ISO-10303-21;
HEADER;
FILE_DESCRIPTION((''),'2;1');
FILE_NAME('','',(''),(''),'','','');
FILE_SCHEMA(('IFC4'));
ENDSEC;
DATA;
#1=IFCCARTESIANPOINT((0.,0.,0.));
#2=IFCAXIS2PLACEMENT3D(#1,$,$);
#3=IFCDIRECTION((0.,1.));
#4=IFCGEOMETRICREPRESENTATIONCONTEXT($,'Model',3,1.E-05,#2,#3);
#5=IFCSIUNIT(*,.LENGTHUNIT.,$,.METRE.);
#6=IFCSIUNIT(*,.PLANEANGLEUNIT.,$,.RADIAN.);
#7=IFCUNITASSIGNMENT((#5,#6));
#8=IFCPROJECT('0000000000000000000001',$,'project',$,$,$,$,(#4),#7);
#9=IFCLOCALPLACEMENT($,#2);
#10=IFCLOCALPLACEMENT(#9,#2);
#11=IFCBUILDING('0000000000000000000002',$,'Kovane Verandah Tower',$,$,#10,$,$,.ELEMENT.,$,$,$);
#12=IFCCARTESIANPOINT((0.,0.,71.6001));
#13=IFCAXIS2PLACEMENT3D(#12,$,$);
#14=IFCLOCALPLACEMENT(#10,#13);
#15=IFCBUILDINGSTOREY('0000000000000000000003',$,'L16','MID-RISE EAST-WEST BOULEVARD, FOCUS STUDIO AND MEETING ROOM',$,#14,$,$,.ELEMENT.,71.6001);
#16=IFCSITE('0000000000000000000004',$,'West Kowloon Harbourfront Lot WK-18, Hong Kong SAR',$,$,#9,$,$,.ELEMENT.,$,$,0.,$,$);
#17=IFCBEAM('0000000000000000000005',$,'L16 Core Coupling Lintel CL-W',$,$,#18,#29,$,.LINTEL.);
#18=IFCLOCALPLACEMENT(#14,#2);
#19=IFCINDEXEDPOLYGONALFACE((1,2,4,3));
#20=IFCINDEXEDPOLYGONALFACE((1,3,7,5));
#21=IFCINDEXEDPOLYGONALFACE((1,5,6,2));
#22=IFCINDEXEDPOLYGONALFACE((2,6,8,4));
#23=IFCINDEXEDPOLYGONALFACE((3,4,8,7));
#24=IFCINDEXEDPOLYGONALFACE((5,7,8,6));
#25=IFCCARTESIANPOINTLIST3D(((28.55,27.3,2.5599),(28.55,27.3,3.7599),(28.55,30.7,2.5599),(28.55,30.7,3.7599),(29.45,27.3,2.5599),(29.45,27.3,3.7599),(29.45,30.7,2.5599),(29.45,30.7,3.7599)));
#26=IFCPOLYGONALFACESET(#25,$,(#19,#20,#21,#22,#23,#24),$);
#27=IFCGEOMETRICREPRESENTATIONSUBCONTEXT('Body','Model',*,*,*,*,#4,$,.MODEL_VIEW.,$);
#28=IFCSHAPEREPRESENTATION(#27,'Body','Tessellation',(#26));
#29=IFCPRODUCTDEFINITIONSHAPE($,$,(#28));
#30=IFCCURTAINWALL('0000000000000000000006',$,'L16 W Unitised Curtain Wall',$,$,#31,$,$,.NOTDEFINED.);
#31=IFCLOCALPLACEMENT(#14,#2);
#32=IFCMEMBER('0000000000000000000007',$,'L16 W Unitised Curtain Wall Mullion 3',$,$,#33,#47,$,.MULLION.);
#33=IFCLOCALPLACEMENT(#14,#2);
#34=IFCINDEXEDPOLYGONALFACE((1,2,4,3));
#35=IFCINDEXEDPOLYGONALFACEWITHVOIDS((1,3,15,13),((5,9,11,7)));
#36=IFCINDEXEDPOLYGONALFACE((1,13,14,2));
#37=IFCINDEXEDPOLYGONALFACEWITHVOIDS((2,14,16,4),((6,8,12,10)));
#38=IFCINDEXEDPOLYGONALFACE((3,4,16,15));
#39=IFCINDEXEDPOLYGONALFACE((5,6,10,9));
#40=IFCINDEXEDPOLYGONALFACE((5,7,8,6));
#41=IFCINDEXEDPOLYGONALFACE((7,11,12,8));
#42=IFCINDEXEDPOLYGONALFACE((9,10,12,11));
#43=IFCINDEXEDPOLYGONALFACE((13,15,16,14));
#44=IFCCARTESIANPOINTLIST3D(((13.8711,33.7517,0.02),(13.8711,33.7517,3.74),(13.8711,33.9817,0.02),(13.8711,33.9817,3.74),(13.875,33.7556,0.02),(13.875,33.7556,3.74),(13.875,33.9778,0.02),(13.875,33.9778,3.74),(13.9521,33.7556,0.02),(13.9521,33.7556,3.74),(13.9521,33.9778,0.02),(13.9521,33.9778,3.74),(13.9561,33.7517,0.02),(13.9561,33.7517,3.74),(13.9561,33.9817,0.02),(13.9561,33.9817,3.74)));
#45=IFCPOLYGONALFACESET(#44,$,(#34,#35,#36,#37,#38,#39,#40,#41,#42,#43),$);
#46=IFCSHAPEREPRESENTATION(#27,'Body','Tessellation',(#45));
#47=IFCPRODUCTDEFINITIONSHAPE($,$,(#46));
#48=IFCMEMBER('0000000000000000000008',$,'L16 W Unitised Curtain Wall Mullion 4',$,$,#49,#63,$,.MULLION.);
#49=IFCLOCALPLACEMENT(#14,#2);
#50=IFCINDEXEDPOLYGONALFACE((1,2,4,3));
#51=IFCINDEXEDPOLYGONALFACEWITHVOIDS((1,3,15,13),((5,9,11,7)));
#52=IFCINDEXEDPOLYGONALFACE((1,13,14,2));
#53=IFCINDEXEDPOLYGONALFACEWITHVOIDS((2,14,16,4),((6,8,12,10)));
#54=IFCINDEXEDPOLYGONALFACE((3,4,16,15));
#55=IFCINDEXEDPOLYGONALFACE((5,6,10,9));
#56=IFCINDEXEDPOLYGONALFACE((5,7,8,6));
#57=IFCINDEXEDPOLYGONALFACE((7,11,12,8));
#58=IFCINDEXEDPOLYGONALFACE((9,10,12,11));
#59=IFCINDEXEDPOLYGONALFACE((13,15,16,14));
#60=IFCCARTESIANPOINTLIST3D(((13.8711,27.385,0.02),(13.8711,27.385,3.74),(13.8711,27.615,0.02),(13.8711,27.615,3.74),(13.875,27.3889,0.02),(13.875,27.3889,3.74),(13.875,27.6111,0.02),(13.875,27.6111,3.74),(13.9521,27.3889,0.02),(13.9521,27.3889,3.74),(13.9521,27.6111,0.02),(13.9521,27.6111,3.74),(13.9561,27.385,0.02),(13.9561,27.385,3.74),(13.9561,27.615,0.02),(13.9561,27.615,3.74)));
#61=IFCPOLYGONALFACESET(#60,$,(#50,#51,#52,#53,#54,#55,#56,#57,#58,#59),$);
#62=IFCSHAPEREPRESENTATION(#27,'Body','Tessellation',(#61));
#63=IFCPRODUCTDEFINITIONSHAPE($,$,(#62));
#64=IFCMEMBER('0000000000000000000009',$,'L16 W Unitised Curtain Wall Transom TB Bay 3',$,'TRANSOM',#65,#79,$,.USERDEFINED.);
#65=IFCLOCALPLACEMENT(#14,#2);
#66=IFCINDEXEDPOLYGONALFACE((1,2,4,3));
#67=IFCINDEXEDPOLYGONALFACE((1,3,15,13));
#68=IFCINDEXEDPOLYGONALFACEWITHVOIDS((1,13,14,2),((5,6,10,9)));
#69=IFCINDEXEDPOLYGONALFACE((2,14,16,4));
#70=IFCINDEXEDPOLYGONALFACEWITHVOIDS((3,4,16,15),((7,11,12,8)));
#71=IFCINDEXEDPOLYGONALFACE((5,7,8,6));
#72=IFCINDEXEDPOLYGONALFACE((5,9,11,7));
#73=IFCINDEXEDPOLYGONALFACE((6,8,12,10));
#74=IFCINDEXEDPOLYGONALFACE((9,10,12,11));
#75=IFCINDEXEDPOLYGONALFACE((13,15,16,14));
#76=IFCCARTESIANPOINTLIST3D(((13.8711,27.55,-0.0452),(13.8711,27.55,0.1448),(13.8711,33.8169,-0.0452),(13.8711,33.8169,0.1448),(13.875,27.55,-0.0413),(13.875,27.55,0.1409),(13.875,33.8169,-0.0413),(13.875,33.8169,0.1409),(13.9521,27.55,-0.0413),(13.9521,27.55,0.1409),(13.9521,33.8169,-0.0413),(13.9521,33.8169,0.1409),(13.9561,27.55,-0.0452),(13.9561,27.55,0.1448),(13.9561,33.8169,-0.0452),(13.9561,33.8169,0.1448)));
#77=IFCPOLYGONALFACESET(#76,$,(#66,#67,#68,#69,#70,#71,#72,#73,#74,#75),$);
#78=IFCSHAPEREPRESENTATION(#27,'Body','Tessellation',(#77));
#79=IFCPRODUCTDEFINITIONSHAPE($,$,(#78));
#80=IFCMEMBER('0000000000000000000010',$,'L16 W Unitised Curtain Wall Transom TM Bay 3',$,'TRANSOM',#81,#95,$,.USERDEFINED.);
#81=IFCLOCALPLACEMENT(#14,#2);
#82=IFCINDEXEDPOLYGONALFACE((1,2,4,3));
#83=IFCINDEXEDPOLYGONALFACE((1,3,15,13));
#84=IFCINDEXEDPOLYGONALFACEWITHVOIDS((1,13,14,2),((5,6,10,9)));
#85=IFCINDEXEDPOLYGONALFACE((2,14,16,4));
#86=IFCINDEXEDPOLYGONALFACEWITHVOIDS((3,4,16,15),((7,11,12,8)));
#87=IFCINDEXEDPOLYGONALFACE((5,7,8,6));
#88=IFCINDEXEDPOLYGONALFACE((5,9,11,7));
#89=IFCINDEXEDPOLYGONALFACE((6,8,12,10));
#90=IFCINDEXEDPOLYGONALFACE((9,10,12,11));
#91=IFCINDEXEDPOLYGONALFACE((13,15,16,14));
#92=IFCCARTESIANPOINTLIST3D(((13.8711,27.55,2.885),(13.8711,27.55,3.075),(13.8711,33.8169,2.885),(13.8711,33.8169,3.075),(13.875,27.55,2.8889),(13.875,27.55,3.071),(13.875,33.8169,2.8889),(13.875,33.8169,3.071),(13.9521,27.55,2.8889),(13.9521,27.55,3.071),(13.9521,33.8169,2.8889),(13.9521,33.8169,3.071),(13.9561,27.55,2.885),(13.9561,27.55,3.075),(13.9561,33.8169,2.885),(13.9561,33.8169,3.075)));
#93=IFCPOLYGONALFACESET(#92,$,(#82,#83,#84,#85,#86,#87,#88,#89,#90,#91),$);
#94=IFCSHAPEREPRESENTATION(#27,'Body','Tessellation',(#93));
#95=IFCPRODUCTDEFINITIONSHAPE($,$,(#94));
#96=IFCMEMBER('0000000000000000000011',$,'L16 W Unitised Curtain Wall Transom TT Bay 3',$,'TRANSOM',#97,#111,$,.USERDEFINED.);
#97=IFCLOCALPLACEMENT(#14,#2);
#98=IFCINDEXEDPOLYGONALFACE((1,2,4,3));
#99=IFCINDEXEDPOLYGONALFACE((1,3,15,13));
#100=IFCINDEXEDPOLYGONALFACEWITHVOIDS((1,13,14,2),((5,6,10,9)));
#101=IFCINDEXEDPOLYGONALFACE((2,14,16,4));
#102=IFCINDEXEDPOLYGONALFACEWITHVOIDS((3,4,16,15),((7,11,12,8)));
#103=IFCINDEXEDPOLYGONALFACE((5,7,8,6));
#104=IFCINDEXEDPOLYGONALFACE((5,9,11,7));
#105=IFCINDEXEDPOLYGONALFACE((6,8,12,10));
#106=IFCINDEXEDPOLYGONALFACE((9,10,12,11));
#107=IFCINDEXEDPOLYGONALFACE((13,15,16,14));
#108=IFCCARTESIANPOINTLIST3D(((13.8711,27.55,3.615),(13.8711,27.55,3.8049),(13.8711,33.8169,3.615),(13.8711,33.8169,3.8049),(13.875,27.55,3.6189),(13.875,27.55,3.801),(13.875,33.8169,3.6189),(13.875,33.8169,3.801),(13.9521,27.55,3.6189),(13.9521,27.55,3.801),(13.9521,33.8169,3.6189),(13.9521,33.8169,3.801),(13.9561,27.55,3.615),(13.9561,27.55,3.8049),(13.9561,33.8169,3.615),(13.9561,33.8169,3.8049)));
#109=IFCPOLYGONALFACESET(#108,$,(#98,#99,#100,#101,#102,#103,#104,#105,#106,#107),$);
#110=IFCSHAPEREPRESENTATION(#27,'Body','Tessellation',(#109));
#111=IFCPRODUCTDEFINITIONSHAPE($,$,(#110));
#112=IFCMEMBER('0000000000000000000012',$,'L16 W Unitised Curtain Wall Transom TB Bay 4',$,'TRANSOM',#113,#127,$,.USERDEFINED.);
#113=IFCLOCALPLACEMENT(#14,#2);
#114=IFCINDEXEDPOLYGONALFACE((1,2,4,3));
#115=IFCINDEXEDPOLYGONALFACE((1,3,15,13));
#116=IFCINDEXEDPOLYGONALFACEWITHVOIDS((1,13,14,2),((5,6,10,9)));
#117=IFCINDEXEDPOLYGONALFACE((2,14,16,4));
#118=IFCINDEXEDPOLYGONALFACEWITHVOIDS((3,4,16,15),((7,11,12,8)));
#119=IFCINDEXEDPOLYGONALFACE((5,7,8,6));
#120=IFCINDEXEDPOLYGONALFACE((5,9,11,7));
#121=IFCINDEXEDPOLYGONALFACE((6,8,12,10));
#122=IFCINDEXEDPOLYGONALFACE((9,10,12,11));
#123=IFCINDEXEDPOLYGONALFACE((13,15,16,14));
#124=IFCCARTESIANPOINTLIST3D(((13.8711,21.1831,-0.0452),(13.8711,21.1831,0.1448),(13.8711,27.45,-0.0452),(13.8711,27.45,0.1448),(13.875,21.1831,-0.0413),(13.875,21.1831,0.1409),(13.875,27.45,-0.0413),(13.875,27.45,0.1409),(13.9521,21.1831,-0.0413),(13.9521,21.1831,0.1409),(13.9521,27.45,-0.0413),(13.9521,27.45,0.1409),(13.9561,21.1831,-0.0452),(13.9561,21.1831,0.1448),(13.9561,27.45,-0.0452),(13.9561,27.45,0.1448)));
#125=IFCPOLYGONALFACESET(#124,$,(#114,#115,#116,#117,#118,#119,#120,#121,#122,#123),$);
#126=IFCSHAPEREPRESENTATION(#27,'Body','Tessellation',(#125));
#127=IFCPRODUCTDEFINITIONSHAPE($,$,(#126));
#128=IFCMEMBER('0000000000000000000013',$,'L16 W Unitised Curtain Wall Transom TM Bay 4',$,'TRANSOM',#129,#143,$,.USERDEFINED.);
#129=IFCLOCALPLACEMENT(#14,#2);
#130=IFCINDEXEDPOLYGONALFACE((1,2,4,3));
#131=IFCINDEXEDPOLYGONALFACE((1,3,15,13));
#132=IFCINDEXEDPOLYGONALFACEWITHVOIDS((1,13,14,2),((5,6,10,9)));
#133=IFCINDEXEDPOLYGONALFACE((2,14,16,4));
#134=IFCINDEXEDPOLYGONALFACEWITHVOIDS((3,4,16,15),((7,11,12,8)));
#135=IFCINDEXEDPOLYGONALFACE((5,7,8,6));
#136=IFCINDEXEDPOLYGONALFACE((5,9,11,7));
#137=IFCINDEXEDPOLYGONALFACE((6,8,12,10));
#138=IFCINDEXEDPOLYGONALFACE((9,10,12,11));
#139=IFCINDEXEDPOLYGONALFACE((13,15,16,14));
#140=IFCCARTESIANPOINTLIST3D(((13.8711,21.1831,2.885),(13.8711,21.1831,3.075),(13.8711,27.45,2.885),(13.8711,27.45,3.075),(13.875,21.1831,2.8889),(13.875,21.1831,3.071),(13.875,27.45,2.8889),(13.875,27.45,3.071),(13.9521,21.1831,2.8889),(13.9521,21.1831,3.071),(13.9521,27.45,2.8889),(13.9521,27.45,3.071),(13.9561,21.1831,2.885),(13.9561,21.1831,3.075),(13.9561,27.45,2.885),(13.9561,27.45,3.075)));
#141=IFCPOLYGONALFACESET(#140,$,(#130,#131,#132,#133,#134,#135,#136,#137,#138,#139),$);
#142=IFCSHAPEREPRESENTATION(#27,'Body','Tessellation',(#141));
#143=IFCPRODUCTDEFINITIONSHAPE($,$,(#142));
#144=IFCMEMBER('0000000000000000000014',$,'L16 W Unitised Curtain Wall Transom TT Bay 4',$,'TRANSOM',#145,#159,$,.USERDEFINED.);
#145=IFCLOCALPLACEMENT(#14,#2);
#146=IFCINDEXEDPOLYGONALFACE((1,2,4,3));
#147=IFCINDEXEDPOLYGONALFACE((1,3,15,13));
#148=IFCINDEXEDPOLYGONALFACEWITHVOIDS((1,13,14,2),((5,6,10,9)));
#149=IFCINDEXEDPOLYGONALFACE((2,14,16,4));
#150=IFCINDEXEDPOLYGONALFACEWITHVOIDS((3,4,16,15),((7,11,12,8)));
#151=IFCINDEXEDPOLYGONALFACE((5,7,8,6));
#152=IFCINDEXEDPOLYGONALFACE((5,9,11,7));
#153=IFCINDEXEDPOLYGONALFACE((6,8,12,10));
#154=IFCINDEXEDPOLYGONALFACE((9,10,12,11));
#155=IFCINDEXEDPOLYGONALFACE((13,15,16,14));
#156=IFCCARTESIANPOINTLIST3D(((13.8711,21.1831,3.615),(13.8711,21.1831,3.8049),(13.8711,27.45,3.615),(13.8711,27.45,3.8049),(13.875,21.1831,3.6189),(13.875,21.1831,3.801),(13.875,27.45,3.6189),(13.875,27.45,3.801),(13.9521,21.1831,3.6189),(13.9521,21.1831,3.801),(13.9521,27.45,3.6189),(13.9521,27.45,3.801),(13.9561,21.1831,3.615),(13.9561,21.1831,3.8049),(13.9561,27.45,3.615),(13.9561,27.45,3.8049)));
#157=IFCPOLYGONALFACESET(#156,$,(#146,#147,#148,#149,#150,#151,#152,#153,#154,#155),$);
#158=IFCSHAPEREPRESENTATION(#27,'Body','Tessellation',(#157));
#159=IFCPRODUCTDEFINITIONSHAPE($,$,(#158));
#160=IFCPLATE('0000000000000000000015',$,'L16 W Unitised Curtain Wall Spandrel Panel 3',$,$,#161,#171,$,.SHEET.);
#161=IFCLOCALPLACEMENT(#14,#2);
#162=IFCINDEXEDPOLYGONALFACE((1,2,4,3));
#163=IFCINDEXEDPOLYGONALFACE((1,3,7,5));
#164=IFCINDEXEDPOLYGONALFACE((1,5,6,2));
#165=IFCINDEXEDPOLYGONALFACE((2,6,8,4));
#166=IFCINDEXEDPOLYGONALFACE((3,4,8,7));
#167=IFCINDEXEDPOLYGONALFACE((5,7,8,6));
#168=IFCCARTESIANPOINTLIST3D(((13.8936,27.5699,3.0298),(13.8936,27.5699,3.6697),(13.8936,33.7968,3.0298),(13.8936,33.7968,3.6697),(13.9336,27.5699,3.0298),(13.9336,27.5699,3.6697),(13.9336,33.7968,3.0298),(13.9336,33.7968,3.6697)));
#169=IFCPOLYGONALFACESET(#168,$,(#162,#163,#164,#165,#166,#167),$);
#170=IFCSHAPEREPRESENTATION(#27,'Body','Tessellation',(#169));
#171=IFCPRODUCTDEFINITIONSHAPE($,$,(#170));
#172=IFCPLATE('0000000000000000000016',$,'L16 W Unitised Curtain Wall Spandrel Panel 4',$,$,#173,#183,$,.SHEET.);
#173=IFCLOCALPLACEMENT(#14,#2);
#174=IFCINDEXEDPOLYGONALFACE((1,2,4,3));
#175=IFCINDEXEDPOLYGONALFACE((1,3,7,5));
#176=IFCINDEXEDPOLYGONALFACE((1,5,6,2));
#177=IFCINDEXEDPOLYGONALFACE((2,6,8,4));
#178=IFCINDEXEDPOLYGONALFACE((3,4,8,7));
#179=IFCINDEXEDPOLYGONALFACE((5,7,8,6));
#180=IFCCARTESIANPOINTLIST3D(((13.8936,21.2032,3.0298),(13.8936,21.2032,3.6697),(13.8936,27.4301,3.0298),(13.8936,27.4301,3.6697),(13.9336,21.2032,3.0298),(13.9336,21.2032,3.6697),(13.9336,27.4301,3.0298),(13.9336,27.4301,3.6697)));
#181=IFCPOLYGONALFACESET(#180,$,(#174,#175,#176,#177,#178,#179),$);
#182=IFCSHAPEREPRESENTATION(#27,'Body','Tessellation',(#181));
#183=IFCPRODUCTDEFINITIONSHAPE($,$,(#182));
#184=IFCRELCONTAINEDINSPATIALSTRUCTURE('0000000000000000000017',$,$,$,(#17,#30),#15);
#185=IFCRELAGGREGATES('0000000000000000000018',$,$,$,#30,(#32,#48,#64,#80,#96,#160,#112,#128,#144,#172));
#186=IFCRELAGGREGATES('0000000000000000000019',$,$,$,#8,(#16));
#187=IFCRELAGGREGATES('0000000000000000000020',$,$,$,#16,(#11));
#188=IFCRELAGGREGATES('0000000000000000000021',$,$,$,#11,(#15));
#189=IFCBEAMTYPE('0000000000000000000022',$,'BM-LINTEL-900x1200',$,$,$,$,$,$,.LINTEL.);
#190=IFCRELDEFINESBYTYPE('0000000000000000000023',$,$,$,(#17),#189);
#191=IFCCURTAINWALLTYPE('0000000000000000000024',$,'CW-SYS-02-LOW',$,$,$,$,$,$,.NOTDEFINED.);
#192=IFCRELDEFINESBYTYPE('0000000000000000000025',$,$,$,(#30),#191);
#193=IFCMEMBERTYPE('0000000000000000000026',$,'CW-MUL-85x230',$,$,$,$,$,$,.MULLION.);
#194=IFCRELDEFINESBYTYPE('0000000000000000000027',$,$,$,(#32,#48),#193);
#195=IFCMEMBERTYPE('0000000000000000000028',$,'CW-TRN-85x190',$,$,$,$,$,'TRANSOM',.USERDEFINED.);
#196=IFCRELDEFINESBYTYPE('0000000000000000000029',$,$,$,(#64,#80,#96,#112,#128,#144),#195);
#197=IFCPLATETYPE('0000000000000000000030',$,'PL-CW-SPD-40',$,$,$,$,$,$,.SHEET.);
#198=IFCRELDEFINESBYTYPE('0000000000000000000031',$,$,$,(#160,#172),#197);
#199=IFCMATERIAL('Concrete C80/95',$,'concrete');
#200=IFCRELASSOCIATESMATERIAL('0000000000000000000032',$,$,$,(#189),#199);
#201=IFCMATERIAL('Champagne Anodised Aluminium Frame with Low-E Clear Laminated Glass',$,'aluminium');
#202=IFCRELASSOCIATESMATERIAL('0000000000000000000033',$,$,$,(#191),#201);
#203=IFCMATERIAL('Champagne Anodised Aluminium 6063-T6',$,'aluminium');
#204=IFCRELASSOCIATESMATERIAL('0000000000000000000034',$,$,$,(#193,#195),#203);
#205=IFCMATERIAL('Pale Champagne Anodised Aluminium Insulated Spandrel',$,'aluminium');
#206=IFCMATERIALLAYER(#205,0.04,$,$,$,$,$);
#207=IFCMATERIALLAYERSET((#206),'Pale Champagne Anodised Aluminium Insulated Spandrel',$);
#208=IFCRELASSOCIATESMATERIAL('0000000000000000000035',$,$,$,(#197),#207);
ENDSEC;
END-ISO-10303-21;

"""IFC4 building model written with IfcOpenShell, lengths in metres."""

from ifc_helpers import new_model, si_unit, direction, frame, origin, origin_2d, place, context, subcontext, project, spatial, rectangle, hollow_rectangle, extrude, material, layer, layer_set, material_profile, profile_set, type_object, element, aggregate, save


model = new_model("IFC4")

# Units and contexts
model_context = context("Model", 3, precision=1e-05, world=origin(), true_north=direction((0.0, 1.0)))
body_context = subcontext(model_context, "Body", "Model", "MODEL_VIEW")
ifc_project = project(units=[si_unit("LENGTHUNIT", "METRE"), si_unit("PLANEANGLEUNIT", "RADIAN")], contexts=[model_context])

# Site, building, storey
site_placement = place(None, origin())
site = spatial("IfcSite", under=ifc_project, at=site_placement, Name="West Kowloon Harbourfront Lot WK-18, Hong Kong SAR", CompositionType="ELEMENT", RefElevation=0.0)
building_placement = place(site_placement, origin())
building = spatial("IfcBuilding", under=site, at=building_placement, Name="Kovane Verandah Tower", CompositionType="ELEMENT")
storey_placement = place(building_placement, frame((0.0, 0.0, 71.6001)))
storey = spatial("IfcBuildingStorey", under=building, at=storey_placement, Name="L16", Description="MID-RISE EAST-WEST BOULEVARD, FOCUS STUDIO AND MEETING ROOM", CompositionType="ELEMENT", Elevation=71.6001)

# Beam
ifc_material_1 = material(Name="Concrete C80/95", Category="concrete")
ifc_material_profile_1 = material_profile(ifc_material_1, rectangle(XDim=0.8999, YDim=1.2, at=origin_2d()), Name="RCB900x1200")
ifc_profile_set_1 = profile_set([ifc_material_profile_1], Name="Concrete C80/95")
beam_type = type_object("IfcBeamType", Name="BM-LINTEL-900x1200", PredefinedType="LINTEL", material=ifc_profile_set_1)
beam_placement = place(storey_placement, frame((29.0, 27.3, 3.1599), z_axis=(0.0, 1.0, 0.0), x_axis=(-1.0, 0.0, 0.0)))
element("IfcBeam", 1, at=beam_placement, inside=storey, type_object=beam_type, Name="L16 Core Coupling Lintel CL-W", PredefinedType="LINTEL", context=body_context, shape_type="SweptSolid", body=[
    extrude(rectangle(XDim=0.8999, YDim=1.2, at=origin_2d()), origin(), (0.0, 0.0, 1.0), 3.3999),
])

# Curtain wall, members, plates
ifc_material_2 = material(Name="Champagne Anodised Aluminium Frame with Low-E Clear Laminated Glass", Category="aluminium")
curtain_wall_type = type_object("IfcCurtainWallType", Name="CW-SYS-02-LOW", PredefinedType="NOTDEFINED", material=ifc_material_2)
curtain_wall_placement = place(storey_placement, origin())
curtain_wall = element("IfcCurtainWall", 2, at=curtain_wall_placement, inside=storey, type_object=curtain_wall_type, Name="L16 W Unitised Curtain Wall", PredefinedType="NOTDEFINED")
ifc_material_3 = material(Name="Champagne Anodised Aluminium 6063-T6", Category="aluminium")
ifc_material_profile_2 = material_profile(ifc_material_3, hollow_rectangle(XDim=0.085, YDim=0.23, WallThickness=0.0039, at=origin_2d()), Name="AL85x230x4")
ifc_profile_set_2 = profile_set([ifc_material_profile_2], Name="Champagne Anodised Aluminium 6063-T6")
member_type_1 = type_object("IfcMemberType", Name="CW-MUL-85x230", PredefinedType="MULLION", material=ifc_profile_set_2)
member_1_placement = place(storey_placement, frame((13.9136, 33.8667, 0.02), z_axis=(0.0, 0.0, 1.0), x_axis=(-1.0, 0.0, 0.0)))
member_1 = element("IfcMember", 3, at=member_1_placement, type_object=member_type_1, Name="L16 W Unitised Curtain Wall Mullion 3", PredefinedType="MULLION", context=body_context, shape_type="SweptSolid", body=[
    extrude(hollow_rectangle(XDim=0.085, YDim=0.23, WallThickness=0.0039, at=origin_2d()), origin(), (0.0, 0.0, 1.0), 3.72),
])
member_2_placement = place(storey_placement, frame((13.9136, 27.5, 0.02), z_axis=(0.0, 0.0, 1.0), x_axis=(-1.0, 0.0, 0.0)))
member_2 = element("IfcMember", 4, at=member_2_placement, type_object=member_type_1, Name="L16 W Unitised Curtain Wall Mullion 4", PredefinedType="MULLION", context=body_context, shape_type="SweptSolid", body=[
    extrude(hollow_rectangle(XDim=0.085, YDim=0.23, WallThickness=0.0039, at=origin_2d()), origin(), (0.0, 0.0, 1.0), 3.72),
])
ifc_material_profile_3 = material_profile(ifc_material_3, hollow_rectangle(XDim=0.085, YDim=0.1899, WallThickness=0.0039, at=origin_2d()), Name="AL85x190x4")
ifc_profile_set_3 = profile_set([ifc_material_profile_3], Name="Champagne Anodised Aluminium 6063-T6")
member_type_2 = type_object("IfcMemberType", Name="CW-TRN-85x190", ElementType="TRANSOM", PredefinedType="USERDEFINED", material=ifc_profile_set_3)
member_3_placement = place(storey_placement, frame((13.9136, 33.8169, 0.0498), z_axis=(0.0, -1.0, 0.0), x_axis=(1.0, 0.0, 0.0)))
member_3 = element("IfcMember", 5, at=member_3_placement, type_object=member_type_2, Name="L16 W Unitised Curtain Wall Transom TB Bay 3", ObjectType="TRANSOM", PredefinedType="USERDEFINED", context=body_context, shape_type="SweptSolid", body=[
    extrude(hollow_rectangle(XDim=0.085, YDim=0.1899, WallThickness=0.0039, at=origin_2d()), origin(), (0.0, 0.0, 1.0), 6.2668),
])
member_4_placement = place(storey_placement, frame((13.9136, 33.8169, 2.98), z_axis=(0.0, -1.0, 0.0), x_axis=(1.0, 0.0, 0.0)))
member_4 = element("IfcMember", 6, at=member_4_placement, type_object=member_type_2, Name="L16 W Unitised Curtain Wall Transom TM Bay 3", ObjectType="TRANSOM", PredefinedType="USERDEFINED", context=body_context, shape_type="SweptSolid", body=[
    extrude(hollow_rectangle(XDim=0.085, YDim=0.1899, WallThickness=0.0039, at=origin_2d()), origin(), (0.0, 0.0, 1.0), 6.2668),
])
member_5_placement = place(storey_placement, frame((13.9136, 33.8169, 3.71), z_axis=(0.0, -1.0, 0.0), x_axis=(1.0, 0.0, 0.0)))
member_5 = element("IfcMember", 7, at=member_5_placement, type_object=member_type_2, Name="L16 W Unitised Curtain Wall Transom TT Bay 3", ObjectType="TRANSOM", PredefinedType="USERDEFINED", context=body_context, shape_type="SweptSolid", body=[
    extrude(hollow_rectangle(XDim=0.085, YDim=0.1899, WallThickness=0.0039, at=origin_2d()), origin(), (0.0, 0.0, 1.0), 6.2668),
])
member_6_placement = place(storey_placement, frame((13.9136, 27.45, 0.0498), z_axis=(0.0, -1.0, 0.0), x_axis=(1.0, 0.0, 0.0)))
member_6 = element("IfcMember", 8, at=member_6_placement, type_object=member_type_2, Name="L16 W Unitised Curtain Wall Transom TB Bay 4", ObjectType="TRANSOM", PredefinedType="USERDEFINED", context=body_context, shape_type="SweptSolid", body=[
    extrude(hollow_rectangle(XDim=0.085, YDim=0.1899, WallThickness=0.0039, at=origin_2d()), origin(), (0.0, 0.0, 1.0), 6.2668),
])
member_7_placement = place(storey_placement, frame((13.9136, 27.45, 2.98), z_axis=(0.0, -1.0, 0.0), x_axis=(1.0, 0.0, 0.0)))
member_7 = element("IfcMember", 9, at=member_7_placement, type_object=member_type_2, Name="L16 W Unitised Curtain Wall Transom TM Bay 4", ObjectType="TRANSOM", PredefinedType="USERDEFINED", context=body_context, shape_type="SweptSolid", body=[
    extrude(hollow_rectangle(XDim=0.085, YDim=0.1899, WallThickness=0.0039, at=origin_2d()), origin(), (0.0, 0.0, 1.0), 6.2668),
])
member_8_placement = place(storey_placement, frame((13.9136, 27.45, 3.71), z_axis=(0.0, -1.0, 0.0), x_axis=(1.0, 0.0, 0.0)))
member_8 = element("IfcMember", 10, at=member_8_placement, type_object=member_type_2, Name="L16 W Unitised Curtain Wall Transom TT Bay 4", ObjectType="TRANSOM", PredefinedType="USERDEFINED", context=body_context, shape_type="SweptSolid", body=[
    extrude(hollow_rectangle(XDim=0.085, YDim=0.1899, WallThickness=0.0039, at=origin_2d()), origin(), (0.0, 0.0, 1.0), 6.2668),
])
ifc_material_4 = material(Name="Pale Champagne Anodised Aluminium Insulated Spandrel", Category="aluminium")
ifc_layer_1 = layer(ifc_material_4, 0.04)
ifc_layer_set_1 = layer_set([ifc_layer_1], Name="Pale Champagne Anodised Aluminium Insulated Spandrel")
plate_type_1 = type_object("IfcPlateType", Name="PL-CW-SPD-40", PredefinedType="SHEET", material=ifc_layer_set_1)
plate_1_placement = place(storey_placement, frame((13.9136, 30.6833, 3.0298), z_axis=(0.0, 0.0, 1.0), x_axis=(0.0, -1.0, 0.0)))
plate_1 = element("IfcPlate", 11, at=plate_1_placement, type_object=plate_type_1, Name="L16 W Unitised Curtain Wall Spandrel Panel 3", PredefinedType="SHEET", context=body_context, shape_type="SweptSolid", body=[
    extrude(rectangle(XDim=6.2268, YDim=0.04, at=origin_2d()), origin(), (0.0, 0.0, 1.0), 0.6399),
])
plate_2_placement = place(storey_placement, frame((13.9136, 24.3167, 3.0298), z_axis=(0.0, 0.0, 1.0), x_axis=(0.0, -1.0, 0.0)))
plate_2 = element("IfcPlate", 12, at=plate_2_placement, type_object=plate_type_1, Name="L16 W Unitised Curtain Wall Spandrel Panel 4", PredefinedType="SHEET", context=body_context, shape_type="SweptSolid", body=[
    extrude(rectangle(XDim=6.2268, YDim=0.04, at=origin_2d()), origin(), (0.0, 0.0, 1.0), 0.6399),
])
aggregate(curtain_wall, [member_1, member_2, member_3, member_4, member_5, plate_1, member_6, member_7, member_8, plate_2])

save(model, "model.ifc")
